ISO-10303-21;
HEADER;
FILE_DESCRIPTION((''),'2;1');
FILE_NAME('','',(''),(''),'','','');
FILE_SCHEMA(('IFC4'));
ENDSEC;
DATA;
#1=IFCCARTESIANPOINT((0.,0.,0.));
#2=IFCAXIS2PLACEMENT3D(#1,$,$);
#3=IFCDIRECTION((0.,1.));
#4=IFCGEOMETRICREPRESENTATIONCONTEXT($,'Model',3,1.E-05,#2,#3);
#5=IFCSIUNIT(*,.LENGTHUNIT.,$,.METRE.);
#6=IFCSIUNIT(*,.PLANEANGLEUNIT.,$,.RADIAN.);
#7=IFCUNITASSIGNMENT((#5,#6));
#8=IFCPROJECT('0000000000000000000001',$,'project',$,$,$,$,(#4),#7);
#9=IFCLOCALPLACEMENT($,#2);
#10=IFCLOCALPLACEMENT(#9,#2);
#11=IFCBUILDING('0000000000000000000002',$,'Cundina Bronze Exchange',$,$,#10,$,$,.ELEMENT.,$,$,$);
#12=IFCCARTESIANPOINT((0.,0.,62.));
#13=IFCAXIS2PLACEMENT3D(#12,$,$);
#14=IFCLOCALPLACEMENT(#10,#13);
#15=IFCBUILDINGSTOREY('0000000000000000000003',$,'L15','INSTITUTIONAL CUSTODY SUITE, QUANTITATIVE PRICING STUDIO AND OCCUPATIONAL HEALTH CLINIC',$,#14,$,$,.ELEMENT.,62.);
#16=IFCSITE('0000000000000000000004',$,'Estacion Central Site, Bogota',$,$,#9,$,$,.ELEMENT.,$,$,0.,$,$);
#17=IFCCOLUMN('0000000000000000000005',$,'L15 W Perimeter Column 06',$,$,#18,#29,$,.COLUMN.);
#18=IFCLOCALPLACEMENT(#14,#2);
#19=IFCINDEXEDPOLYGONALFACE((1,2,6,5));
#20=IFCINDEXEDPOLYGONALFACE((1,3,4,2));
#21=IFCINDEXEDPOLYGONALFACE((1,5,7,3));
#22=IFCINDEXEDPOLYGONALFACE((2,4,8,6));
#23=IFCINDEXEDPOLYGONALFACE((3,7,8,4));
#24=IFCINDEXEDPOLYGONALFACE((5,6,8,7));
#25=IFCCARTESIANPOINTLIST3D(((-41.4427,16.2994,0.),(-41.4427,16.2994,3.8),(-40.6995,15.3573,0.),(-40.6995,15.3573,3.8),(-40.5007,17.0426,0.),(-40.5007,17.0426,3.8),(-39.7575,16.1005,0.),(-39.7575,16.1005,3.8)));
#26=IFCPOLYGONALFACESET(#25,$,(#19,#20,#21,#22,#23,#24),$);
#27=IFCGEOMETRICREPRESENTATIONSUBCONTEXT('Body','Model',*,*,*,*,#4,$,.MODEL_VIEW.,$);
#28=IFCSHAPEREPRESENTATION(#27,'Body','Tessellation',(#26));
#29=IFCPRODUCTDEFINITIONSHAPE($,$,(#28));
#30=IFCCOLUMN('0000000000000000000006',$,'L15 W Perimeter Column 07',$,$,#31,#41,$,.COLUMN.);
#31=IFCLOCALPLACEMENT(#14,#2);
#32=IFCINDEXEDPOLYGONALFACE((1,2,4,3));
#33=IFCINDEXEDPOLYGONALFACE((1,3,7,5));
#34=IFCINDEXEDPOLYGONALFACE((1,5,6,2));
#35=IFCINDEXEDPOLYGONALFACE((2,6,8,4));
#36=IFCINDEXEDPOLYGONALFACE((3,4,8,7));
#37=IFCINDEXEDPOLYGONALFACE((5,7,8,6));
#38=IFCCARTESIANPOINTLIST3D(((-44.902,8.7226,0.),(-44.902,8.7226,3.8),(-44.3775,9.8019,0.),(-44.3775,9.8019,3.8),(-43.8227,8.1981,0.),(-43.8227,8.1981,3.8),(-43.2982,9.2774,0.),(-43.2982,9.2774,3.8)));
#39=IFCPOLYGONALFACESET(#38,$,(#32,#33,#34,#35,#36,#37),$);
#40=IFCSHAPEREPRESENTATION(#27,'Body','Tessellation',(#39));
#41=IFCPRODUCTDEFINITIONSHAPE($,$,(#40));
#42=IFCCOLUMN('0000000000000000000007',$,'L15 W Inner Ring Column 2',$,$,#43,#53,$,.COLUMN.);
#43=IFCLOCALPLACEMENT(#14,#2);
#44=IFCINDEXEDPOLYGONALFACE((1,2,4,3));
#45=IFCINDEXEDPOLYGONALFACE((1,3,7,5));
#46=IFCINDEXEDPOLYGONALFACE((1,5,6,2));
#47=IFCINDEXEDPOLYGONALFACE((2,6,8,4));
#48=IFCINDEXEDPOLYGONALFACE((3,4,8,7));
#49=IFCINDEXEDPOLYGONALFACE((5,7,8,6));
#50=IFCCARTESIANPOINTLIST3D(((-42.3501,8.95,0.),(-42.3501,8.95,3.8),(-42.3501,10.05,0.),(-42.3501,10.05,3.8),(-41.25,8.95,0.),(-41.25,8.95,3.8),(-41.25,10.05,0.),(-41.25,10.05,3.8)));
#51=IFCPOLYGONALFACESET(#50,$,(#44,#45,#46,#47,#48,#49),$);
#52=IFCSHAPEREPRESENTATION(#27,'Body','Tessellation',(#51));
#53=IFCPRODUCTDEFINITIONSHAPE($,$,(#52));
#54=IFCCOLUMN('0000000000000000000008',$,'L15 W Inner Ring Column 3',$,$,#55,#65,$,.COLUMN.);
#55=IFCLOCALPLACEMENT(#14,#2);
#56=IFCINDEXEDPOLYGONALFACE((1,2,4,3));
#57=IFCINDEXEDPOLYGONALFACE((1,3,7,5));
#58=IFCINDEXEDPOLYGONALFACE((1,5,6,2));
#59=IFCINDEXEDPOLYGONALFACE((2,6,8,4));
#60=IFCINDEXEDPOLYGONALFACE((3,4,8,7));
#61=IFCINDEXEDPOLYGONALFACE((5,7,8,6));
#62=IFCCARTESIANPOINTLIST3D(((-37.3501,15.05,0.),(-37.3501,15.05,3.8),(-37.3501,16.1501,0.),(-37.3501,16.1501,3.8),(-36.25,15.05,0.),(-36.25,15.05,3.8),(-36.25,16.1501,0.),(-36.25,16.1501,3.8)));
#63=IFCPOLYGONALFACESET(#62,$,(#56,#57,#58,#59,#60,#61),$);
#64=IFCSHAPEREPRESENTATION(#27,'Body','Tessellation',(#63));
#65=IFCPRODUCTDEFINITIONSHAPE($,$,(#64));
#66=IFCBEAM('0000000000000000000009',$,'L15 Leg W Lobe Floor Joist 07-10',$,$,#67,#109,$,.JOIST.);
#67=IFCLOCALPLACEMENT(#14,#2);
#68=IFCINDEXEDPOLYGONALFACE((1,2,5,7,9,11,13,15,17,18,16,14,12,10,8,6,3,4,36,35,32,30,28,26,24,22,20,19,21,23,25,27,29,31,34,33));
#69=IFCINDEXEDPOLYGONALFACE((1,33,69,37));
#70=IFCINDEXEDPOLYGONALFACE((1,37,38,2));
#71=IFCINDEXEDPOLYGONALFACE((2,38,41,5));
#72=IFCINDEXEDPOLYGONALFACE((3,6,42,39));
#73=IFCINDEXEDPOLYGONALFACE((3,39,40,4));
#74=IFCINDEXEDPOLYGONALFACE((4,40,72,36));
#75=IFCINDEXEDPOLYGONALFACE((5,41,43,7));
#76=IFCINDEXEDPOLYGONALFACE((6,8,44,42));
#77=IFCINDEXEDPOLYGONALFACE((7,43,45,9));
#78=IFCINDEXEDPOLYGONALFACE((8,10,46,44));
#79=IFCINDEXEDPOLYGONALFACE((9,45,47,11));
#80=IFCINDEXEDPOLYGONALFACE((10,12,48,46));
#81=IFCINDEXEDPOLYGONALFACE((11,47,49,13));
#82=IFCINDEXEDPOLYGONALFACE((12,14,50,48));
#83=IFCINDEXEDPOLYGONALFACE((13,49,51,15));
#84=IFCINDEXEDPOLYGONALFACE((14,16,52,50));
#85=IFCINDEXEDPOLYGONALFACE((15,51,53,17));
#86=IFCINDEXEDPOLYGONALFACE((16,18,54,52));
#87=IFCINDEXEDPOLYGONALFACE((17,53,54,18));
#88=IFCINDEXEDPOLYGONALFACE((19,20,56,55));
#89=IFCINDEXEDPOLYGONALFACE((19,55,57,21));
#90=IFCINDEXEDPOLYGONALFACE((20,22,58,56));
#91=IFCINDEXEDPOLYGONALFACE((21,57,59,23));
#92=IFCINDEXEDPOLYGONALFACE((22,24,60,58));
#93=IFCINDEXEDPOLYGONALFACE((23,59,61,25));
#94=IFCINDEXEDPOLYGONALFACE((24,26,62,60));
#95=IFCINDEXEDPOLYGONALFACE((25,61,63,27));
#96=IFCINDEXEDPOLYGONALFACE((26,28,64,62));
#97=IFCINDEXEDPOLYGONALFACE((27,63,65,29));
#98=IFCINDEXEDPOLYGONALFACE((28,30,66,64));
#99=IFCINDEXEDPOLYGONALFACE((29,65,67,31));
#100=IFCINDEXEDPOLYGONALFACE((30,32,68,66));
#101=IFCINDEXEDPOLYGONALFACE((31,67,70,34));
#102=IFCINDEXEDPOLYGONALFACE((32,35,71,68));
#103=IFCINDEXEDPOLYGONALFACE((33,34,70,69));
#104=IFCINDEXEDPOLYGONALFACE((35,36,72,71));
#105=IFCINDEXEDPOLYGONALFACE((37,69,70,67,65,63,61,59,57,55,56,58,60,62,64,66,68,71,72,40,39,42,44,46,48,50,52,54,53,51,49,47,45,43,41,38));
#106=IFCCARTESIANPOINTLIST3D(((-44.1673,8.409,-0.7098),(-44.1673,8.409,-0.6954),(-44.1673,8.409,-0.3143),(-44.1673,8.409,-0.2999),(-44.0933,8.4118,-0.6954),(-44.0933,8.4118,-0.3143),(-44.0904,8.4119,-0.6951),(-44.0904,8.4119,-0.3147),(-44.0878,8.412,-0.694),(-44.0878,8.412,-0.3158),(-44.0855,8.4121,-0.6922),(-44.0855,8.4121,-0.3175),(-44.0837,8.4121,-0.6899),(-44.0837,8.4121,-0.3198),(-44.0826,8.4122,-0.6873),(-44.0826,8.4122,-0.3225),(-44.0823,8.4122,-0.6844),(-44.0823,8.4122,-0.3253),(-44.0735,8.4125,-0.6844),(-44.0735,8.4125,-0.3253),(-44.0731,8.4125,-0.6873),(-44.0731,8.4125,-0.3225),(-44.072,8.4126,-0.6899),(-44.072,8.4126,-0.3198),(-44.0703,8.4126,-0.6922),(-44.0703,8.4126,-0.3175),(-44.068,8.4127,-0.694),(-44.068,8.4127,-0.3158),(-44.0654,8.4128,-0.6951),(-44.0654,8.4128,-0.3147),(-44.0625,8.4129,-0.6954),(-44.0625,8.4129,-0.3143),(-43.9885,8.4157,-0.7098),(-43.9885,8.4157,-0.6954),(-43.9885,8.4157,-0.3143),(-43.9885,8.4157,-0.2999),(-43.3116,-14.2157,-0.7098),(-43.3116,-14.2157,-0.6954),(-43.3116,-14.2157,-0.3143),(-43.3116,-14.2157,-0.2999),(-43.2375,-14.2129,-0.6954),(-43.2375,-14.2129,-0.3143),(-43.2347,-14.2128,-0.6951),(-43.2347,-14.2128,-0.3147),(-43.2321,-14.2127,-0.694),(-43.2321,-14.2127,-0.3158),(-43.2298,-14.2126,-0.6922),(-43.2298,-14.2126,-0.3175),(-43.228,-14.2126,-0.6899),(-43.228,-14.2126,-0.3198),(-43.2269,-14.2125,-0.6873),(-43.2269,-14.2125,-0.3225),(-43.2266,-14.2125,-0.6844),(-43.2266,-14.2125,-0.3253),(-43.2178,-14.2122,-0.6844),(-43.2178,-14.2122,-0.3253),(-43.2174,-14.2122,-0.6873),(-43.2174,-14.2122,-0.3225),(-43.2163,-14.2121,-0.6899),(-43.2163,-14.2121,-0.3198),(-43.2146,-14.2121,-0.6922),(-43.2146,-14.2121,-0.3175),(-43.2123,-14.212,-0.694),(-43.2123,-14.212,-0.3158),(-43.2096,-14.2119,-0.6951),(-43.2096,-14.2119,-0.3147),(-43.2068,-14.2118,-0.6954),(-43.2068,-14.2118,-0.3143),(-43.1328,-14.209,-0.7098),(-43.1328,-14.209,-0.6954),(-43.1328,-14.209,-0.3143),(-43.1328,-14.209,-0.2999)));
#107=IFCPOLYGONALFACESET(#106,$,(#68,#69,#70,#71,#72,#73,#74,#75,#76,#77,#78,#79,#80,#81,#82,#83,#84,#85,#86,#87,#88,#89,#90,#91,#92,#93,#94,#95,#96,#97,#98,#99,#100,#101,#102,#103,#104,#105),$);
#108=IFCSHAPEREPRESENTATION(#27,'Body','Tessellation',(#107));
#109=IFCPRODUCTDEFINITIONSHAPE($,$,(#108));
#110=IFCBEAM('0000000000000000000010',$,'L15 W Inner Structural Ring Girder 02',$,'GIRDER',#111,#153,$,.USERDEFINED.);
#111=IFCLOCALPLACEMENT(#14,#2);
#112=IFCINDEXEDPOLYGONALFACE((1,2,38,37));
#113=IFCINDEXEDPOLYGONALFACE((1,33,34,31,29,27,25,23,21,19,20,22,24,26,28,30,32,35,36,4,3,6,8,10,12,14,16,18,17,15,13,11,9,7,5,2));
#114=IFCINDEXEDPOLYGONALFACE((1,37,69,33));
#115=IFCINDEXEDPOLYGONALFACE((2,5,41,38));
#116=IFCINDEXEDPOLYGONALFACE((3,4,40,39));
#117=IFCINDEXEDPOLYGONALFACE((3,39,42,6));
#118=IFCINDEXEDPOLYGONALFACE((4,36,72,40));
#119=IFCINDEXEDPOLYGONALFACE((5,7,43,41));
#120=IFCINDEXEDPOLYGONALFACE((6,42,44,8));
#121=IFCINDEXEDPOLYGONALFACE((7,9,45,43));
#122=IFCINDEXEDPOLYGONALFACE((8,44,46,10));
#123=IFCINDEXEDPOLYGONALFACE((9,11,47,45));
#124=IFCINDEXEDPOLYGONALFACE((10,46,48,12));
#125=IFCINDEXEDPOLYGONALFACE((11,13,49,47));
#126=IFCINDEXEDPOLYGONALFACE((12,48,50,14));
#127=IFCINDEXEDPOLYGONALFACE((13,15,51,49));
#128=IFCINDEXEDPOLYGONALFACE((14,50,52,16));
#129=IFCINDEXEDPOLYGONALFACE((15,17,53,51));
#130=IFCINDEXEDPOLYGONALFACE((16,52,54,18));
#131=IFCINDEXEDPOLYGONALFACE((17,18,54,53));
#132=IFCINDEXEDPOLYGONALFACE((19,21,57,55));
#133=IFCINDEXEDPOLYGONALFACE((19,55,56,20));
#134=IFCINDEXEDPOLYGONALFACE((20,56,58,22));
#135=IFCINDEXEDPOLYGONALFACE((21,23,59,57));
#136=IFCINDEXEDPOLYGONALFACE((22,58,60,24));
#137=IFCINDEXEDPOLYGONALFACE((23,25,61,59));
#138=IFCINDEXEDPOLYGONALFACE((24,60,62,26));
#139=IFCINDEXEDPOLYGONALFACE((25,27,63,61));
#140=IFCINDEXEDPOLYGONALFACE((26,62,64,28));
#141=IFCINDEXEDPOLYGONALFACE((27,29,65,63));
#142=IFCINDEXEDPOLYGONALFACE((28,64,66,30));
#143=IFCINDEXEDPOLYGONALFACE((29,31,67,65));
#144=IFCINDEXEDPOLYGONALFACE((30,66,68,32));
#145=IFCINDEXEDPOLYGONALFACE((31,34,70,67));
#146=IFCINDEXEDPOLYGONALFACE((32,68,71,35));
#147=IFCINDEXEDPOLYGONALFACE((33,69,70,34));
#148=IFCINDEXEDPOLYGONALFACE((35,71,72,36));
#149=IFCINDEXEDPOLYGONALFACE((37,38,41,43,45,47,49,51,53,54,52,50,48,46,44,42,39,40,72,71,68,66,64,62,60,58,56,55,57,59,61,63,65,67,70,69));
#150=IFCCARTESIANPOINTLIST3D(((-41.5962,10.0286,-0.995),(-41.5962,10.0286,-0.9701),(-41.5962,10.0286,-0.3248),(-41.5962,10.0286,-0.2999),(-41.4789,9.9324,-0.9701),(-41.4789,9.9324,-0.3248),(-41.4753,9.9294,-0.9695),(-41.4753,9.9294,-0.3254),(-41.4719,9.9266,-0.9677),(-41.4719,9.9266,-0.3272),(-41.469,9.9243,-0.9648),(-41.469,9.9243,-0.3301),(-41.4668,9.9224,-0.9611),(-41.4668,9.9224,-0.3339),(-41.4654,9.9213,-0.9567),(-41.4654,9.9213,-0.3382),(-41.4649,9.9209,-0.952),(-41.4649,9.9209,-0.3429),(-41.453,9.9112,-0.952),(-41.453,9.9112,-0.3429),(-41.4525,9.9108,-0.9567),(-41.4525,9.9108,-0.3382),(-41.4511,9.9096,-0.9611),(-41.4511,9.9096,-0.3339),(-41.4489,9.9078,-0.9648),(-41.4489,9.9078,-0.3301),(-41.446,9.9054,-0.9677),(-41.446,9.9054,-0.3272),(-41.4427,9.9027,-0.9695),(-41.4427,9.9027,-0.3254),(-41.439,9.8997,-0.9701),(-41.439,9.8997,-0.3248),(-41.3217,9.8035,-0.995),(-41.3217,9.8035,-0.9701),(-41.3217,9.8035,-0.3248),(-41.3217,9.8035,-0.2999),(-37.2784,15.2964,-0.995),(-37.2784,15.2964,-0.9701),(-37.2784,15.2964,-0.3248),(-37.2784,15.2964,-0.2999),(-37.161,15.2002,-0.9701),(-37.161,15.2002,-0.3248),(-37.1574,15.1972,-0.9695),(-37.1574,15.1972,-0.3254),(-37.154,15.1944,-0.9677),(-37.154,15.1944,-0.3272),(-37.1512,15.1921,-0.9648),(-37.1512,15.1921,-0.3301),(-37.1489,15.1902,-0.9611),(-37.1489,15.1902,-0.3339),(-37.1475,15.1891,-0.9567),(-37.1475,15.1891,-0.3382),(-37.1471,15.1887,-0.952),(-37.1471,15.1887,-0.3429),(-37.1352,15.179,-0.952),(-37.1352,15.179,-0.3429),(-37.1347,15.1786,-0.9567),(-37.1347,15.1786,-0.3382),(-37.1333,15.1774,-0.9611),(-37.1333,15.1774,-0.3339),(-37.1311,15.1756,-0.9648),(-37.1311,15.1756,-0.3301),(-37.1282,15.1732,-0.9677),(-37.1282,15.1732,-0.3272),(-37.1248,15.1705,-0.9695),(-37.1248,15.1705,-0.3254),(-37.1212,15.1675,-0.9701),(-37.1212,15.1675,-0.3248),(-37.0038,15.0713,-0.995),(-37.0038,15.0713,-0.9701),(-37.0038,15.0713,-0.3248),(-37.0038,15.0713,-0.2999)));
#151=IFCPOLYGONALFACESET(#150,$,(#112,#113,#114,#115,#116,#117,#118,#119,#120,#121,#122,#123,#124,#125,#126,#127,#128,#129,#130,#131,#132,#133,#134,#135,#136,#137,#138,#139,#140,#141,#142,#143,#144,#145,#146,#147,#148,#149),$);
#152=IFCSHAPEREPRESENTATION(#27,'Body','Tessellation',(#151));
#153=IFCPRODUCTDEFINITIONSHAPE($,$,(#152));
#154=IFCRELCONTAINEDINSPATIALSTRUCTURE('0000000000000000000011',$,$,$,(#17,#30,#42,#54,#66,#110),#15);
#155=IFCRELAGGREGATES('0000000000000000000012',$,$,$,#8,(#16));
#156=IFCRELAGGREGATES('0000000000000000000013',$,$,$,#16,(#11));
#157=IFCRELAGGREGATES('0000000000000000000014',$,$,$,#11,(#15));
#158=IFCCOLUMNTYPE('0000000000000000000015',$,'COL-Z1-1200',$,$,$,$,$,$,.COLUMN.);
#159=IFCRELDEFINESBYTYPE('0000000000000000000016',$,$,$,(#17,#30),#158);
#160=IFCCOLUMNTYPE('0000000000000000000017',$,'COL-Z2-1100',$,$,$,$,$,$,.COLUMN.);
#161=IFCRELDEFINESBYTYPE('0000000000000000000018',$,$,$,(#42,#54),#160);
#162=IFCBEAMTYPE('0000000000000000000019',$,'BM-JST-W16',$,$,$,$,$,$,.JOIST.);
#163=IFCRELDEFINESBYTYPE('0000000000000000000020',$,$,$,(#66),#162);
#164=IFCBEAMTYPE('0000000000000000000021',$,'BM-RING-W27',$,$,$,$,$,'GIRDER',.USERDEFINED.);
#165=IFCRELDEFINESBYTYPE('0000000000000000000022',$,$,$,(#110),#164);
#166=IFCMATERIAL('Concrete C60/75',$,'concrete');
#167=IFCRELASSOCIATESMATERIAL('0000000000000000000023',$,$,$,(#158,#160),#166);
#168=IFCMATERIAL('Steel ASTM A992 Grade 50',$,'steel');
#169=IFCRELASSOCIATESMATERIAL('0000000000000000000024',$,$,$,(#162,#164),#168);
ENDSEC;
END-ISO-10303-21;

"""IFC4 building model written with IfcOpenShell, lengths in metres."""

from ifc_helpers import new_model, si_unit, direction, frame, origin, origin_2d, place, context, subcontext, project, spatial, rectangle, i_section, extrude, material, material_profile, profile_set, type_object, element, save


model = new_model("IFC4")

# Units and contexts
model_context = context("Model", 3, precision=1e-05, world=origin(), true_north=direction((0.0, 1.0)))
body_context = subcontext(model_context, "Body", "Model", "MODEL_VIEW")
ifc_project = project(units=[si_unit("LENGTHUNIT", "METRE"), si_unit("PLANEANGLEUNIT", "RADIAN")], contexts=[model_context])

# Site, building, storey
site_placement = place(None, origin())
site = spatial("IfcSite", under=ifc_project, at=site_placement, Name="Estacion Central Site, Bogota", CompositionType="ELEMENT", RefElevation=0.0)
building_placement = place(site_placement, origin())
building = spatial("IfcBuilding", under=site, at=building_placement, Name="Cundina Bronze Exchange", CompositionType="ELEMENT")
storey_placement = place(building_placement, frame((0.0, 0.0, 62.0)))
storey = spatial("IfcBuildingStorey", under=building, at=storey_placement, Name="L15", Description="INSTITUTIONAL CUSTODY SUITE, QUANTITATIVE PRICING STUDIO AND OCCUPATIONAL HEALTH CLINIC", CompositionType="ELEMENT", Elevation=62.0)

# Columns
ifc_material_1 = material(Name="Concrete C60/75", Category="concrete")
ifc_material_profile_1 = material_profile(ifc_material_1, rectangle(XDim=1.2, YDim=1.2, at=origin_2d()), Name="RC1200X1200", Category="concrete")
ifc_profile_set_1 = profile_set([ifc_material_profile_1], Name="Concrete C60/75")
column_type_1 = type_object("IfcColumnType", Name="COL-Z1-1200", PredefinedType="COLUMN", material=ifc_profile_set_1)
for number, where, z_axis, x_axis, name in (
    (1, (-40.6001, 16.2, 0.0), (0.0, 0.0, 1.0), (-0.785101, -0.619368, 0.0), "L15 W Perimeter Column 06"),
    (2, (-44.1001, 9.0, 0.0), (0.0, 0.0, 1.0), (-0.437116, -0.899405, 0.0), "L15 W Perimeter Column 07"),
):
    element("IfcColumn", number, at=place(storey_placement, frame(where, z_axis=z_axis, x_axis=x_axis)), inside=storey, type_object=column_type_1, Name=name, PredefinedType="COLUMN", context=body_context, shape_type="SweptSolid", body=[
        extrude(rectangle(XDim=1.2, YDim=1.2, at=origin_2d()), origin(), (0.0, 0.0, 1.0), 3.8),
    ])
ifc_material_profile_2 = material_profile(ifc_material_1, rectangle(XDim=1.1001, YDim=1.1001, at=origin_2d()), Name="RC1100X1100", Category="concrete")
ifc_profile_set_2 = profile_set([ifc_material_profile_2], Name="Concrete C60/75")
column_type_2 = type_object("IfcColumnType", Name="COL-Z2-1100", PredefinedType="COLUMN", material=ifc_profile_set_2)
for number, where, z_axis, x_axis, name in (
    (3, (-41.8, 9.5, 0.0), (0.0, 0.0, 1.0), (1.0, 0.0, 0.0), "L15 W Inner Ring Column 2"),
    (4, (-36.8, 15.6001, 0.0), (0.0, 0.0, 1.0), (1.0, 0.0, 0.0), "L15 W Inner Ring Column 3"),
):
    element("IfcColumn", number, at=place(storey_placement, frame(where, z_axis=z_axis, x_axis=x_axis)), inside=storey, type_object=column_type_2, Name=name, PredefinedType="COLUMN", context=body_context, shape_type="SweptSolid", body=[
        extrude(rectangle(XDim=1.1001, YDim=1.1001, at=origin_2d()), origin(), (0.0, 0.0, 1.0), 3.8),
    ])

# Beams
ifc_material_2 = material(Name="Steel ASTM A992 Grade 50", Category="steel")
ifc_material_profile_3 = material_profile(ifc_material_2, i_section(OverallWidth=0.179, OverallDepth=0.4099, WebThickness=0.0088, FlangeThickness=0.0144, FilletRadius=0.011, at=origin_2d()), Name="W16X45", Category="steel")
ifc_profile_set_3 = profile_set([ifc_material_profile_3], Name="Steel ASTM A992 Grade 50")
beam_type_1 = type_object("IfcBeamType", Name="BM-JST-W16", PredefinedType="JOIST", material=ifc_profile_set_3)
beam_1_placement = place(storey_placement, frame((-44.0779, 8.4124, -0.5049), z_axis=(0.037795, -0.999286, 0.0), x_axis=(0.999286, 0.037795, 0.0)))
element("IfcBeam", 5, at=beam_1_placement, inside=storey, type_object=beam_type_1, Name="L15 Leg W Lobe Floor Joist 07-10", PredefinedType="JOIST", context=body_context, shape_type="SweptSolid", body=[
    extrude(i_section(OverallWidth=0.179, OverallDepth=0.4099, WebThickness=0.0088, FlangeThickness=0.0144, FilletRadius=0.011, at=origin_2d()), origin(), (0.0, 0.0, 1.0), 22.6409),
])
ifc_material_profile_4 = material_profile(ifc_material_2, i_section(OverallWidth=0.355, OverallDepth=0.6951, WebThickness=0.0154, FlangeThickness=0.0249, FilletRadius=0.0181, at=origin_2d()), Name="W27X146", Category="steel")
ifc_profile_set_4 = profile_set([ifc_material_profile_4], Name="Steel ASTM A992 Grade 50")
beam_type_2 = type_object("IfcBeamType", Name="BM-RING-W27", ElementType="GIRDER", PredefinedType="USERDEFINED", material=ifc_profile_set_4)
beam_2_placement = place(storey_placement, frame((-37.1411, 15.1838, -0.6475), z_axis=(-0.633927, -0.773393, 0.0), x_axis=(0.773393, -0.633927, 0.0)))
element("IfcBeam", 6, at=beam_2_placement, inside=storey, type_object=beam_type_2, Name="L15 W Inner Structural Ring Girder 02", ObjectType="GIRDER", PredefinedType="USERDEFINED", context=body_context, shape_type="SweptSolid", body=[
    extrude(i_section(OverallWidth=0.355, OverallDepth=0.6951, WebThickness=0.0154, FlangeThickness=0.0249, FilletRadius=0.0181, at=origin_2d()), origin(), (0.0, 0.0, 1.0), 6.8113),
])

save(model, "model.ifc")
